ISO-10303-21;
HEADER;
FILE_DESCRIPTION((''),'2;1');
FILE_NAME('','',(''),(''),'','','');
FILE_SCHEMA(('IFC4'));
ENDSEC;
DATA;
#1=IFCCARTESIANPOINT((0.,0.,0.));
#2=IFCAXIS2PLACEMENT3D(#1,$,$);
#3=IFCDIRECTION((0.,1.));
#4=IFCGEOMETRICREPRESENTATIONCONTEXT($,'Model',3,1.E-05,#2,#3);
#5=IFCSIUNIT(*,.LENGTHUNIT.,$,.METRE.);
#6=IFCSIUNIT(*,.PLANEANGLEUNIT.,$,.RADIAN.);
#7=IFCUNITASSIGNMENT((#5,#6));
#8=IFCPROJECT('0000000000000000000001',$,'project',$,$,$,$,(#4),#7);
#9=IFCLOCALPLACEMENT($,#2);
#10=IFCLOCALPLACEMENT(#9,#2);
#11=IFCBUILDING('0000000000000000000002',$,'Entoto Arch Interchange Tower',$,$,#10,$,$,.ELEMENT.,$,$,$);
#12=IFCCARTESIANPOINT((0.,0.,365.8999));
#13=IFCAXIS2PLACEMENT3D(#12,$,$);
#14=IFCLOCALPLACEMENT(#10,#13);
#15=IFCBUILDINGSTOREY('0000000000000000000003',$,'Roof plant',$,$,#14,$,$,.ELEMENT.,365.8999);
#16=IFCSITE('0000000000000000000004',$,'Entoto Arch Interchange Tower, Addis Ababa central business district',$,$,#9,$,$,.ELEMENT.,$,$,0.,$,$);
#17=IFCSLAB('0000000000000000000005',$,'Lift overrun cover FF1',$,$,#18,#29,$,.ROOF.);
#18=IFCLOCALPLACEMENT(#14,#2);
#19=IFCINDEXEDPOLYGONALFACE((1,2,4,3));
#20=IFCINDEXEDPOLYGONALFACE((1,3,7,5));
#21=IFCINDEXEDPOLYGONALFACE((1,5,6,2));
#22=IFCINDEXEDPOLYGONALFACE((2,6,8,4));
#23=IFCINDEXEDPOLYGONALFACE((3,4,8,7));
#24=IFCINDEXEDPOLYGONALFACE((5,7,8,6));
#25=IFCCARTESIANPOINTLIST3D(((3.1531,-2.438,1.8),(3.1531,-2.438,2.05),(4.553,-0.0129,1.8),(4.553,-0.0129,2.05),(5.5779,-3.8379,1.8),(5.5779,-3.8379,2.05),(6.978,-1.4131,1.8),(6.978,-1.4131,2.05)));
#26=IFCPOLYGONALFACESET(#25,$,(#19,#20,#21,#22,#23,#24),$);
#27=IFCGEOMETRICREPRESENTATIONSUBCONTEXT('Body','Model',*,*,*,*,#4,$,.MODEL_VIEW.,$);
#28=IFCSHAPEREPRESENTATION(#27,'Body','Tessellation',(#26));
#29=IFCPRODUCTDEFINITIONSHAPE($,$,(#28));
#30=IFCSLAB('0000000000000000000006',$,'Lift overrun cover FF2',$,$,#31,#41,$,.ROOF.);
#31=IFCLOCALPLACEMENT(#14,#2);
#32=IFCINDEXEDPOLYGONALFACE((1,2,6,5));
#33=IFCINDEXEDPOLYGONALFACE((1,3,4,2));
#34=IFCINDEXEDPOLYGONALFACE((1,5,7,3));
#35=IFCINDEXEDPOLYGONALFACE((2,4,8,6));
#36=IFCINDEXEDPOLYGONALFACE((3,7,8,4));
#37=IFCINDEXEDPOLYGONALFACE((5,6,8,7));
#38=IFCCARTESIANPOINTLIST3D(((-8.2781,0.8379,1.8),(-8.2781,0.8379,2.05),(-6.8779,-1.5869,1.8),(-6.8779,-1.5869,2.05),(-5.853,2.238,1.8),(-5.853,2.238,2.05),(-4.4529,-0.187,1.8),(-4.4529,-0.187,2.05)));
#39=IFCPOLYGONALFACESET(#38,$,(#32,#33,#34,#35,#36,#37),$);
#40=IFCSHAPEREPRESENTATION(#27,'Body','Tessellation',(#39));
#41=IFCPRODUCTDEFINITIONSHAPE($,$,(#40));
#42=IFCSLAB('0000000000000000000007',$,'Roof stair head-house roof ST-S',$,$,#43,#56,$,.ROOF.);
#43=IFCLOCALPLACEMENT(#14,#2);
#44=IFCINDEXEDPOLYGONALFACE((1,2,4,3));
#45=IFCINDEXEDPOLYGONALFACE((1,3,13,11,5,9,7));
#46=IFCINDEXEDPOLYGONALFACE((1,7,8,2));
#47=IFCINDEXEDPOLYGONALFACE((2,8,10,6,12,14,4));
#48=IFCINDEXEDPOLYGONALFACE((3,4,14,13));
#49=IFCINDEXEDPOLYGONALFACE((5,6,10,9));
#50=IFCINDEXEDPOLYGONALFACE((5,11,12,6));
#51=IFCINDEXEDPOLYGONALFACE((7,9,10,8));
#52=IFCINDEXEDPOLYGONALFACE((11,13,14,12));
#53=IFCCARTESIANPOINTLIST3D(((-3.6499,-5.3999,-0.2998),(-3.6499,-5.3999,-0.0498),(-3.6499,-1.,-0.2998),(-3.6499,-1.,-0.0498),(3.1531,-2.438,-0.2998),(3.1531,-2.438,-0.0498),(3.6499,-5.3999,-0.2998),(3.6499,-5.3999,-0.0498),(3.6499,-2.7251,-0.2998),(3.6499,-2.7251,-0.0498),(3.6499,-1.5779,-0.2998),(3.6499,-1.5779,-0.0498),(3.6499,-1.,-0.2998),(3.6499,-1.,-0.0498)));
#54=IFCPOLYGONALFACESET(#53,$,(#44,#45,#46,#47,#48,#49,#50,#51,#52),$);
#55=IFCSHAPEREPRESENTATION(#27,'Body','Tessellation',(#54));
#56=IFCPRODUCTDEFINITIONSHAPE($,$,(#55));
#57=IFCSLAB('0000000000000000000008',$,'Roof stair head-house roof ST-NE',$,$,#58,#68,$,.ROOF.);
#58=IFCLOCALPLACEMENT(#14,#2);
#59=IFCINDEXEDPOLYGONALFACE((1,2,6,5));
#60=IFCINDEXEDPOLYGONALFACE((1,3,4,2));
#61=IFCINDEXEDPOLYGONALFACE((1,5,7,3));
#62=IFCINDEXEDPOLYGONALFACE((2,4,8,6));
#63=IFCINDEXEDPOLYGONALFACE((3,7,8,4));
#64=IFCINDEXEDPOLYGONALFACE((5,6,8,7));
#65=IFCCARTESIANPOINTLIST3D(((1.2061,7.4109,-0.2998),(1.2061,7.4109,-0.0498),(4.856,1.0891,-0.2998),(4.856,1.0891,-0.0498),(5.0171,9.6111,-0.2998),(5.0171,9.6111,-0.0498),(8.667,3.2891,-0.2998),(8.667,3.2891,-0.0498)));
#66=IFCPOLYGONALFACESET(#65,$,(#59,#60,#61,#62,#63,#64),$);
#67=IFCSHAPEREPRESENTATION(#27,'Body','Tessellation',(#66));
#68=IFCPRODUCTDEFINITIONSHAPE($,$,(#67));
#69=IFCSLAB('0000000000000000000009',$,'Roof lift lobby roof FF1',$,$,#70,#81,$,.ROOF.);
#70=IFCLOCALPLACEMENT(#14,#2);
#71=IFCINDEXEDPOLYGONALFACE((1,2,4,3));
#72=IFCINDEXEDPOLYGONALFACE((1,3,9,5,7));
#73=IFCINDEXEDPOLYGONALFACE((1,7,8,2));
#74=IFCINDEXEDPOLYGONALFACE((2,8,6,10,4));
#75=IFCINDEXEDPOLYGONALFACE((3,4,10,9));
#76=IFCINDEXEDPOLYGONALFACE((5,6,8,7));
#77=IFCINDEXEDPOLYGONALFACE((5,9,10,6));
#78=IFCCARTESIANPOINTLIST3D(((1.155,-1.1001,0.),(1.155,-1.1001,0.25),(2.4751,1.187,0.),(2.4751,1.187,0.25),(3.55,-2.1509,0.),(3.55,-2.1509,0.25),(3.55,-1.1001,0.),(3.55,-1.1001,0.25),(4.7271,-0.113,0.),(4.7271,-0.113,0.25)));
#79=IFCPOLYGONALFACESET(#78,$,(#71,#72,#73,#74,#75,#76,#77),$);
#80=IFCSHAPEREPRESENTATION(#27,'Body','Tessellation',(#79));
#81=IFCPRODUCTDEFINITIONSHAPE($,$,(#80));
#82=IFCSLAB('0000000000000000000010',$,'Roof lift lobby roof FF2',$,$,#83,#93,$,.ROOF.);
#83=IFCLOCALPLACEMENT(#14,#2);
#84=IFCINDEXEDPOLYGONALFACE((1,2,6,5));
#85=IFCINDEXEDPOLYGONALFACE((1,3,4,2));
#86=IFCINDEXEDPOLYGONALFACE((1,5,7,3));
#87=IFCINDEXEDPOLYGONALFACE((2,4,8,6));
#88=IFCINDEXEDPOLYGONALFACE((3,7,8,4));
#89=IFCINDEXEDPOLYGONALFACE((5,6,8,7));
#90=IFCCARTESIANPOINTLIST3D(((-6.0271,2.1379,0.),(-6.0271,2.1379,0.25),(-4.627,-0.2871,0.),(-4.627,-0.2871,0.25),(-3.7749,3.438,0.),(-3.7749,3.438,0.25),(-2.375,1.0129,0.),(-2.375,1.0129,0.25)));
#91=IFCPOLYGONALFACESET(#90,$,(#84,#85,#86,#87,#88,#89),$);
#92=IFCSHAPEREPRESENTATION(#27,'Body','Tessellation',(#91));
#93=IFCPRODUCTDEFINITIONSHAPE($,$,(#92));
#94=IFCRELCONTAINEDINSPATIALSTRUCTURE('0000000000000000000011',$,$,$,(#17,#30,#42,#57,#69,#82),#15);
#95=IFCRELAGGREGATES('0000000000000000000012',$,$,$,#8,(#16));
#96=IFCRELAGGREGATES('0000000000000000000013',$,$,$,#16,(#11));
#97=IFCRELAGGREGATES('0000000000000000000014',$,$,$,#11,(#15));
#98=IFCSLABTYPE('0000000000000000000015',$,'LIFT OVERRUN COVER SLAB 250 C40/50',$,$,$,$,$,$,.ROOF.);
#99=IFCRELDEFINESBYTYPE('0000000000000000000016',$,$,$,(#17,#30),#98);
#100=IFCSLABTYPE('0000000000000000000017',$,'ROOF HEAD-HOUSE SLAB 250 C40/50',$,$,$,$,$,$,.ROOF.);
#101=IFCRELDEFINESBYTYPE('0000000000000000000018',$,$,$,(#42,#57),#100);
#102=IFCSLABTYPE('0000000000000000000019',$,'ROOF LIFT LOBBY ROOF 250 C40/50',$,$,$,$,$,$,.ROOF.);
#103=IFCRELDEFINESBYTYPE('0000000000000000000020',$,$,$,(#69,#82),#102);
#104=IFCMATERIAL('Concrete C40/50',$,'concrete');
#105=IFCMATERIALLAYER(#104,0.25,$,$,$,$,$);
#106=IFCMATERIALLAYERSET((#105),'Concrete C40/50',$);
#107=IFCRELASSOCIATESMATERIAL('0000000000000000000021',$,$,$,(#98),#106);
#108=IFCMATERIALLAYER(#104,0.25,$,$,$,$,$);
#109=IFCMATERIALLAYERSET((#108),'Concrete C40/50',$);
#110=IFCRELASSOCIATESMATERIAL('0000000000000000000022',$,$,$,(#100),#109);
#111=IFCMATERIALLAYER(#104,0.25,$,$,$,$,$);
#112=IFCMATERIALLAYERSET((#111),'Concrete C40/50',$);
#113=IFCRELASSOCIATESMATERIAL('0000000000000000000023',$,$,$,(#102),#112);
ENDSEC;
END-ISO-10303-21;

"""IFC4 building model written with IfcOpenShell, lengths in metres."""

from ifc_helpers import new_model, si_unit, direction, frame, origin, place, context, subcontext, project, spatial, polyline, outline, extrude, material, layer, layer_set, type_object, element, save


model = new_model("IFC4")

# Units and contexts
model_context = context("Model", 3, precision=1e-05, world=origin(), true_north=direction((0.0, 1.0)))
body_context = subcontext(model_context, "Body", "Model", "MODEL_VIEW")
ifc_project = project(units=[si_unit("LENGTHUNIT", "METRE"), si_unit("PLANEANGLEUNIT", "RADIAN")], contexts=[model_context])

# Site, building, storey
site_placement = place(None, origin())
site = spatial("IfcSite", under=ifc_project, at=site_placement, Name="Entoto Arch Interchange Tower, Addis Ababa central business district", CompositionType="ELEMENT", RefElevation=0.0)
building_placement = place(site_placement, origin())
building = spatial("IfcBuilding", under=site, at=building_placement, Name="Entoto Arch Interchange Tower", CompositionType="ELEMENT")
storey_placement = place(building_placement, frame((0.0, 0.0, 365.8999)))
storey = spatial("IfcBuildingStorey", under=building, at=storey_placement, Name="Roof plant", CompositionType="ELEMENT", Elevation=365.8999)

# Slabs
ifc_material = material(Name="Concrete C40/50", Category="concrete")
ifc_layer_1 = layer(ifc_material, 0.25)
ifc_layer_set_1 = layer_set([ifc_layer_1], Name="Concrete C40/50")
slab_type_1 = type_object("IfcSlabType", Name="LIFT OVERRUN COVER SLAB 250 C40/50", PredefinedType="ROOF", material=ifc_layer_set_1)
slab_1_placement = place(storey_placement, frame((0.0, 0.0, 1.8)))
element("IfcSlab", 1, at=slab_1_placement, inside=storey, type_object=slab_type_1, Name="Lift overrun cover FF1", PredefinedType="ROOF", context=body_context, shape_type="SweptSolid", body=[
    extrude(outline(polyline([(3.1531, -2.438), (4.553, -0.0129), (6.978, -1.4131), (5.5779, -3.8379), (3.1531, -2.438)])), origin(), (0.0, 0.0, 1.0), 0.25),
])
slab_2_placement = place(storey_placement, frame((0.0, 0.0, 1.8)))
element("IfcSlab", 2, at=slab_2_placement, inside=storey, type_object=slab_type_1, Name="Lift overrun cover FF2", PredefinedType="ROOF", context=body_context, shape_type="SweptSolid", body=[
    extrude(outline(polyline([(-5.853, 2.238), (-4.4529, -0.187), (-6.8779, -1.5869), (-8.2781, 0.8379), (-5.853, 2.238)])), origin(), (0.0, 0.0, 1.0), 0.25),
])
ifc_layer_2 = layer(ifc_material, 0.25)
ifc_layer_set_2 = layer_set([ifc_layer_2], Name="Concrete C40/50")
slab_type_2 = type_object("IfcSlabType", Name="ROOF HEAD-HOUSE SLAB 250 C40/50", PredefinedType="ROOF", material=ifc_layer_set_2)
slab_3_placement = place(storey_placement, frame((0.0, 0.0, -0.2998)))
element("IfcSlab", 3, at=slab_3_placement, inside=storey, type_object=slab_type_2, Name="Roof stair head-house roof ST-S", PredefinedType="ROOF", context=body_context, shape_type="SweptSolid", body=[
    extrude(outline(polyline([(3.6499, -1.5779), (3.1531, -2.438), (3.6499, -2.7251), (3.6499, -5.3999), (-3.6499, -5.3999), (-3.6499, -1.0), (3.6499, -1.0), (3.6499, -1.5779)])), origin(), (0.0, 0.0, 1.0), 0.25),
])
slab_4_placement = place(storey_placement, frame((0.0, 0.0, -0.2998)))
element("IfcSlab", 4, at=slab_4_placement, inside=storey, type_object=slab_type_2, Name="Roof stair head-house roof ST-NE", PredefinedType="ROOF", context=body_context, shape_type="SweptSolid", body=[
    extrude(outline(polyline([(5.0171, 9.6111), (8.667, 3.2891), (4.856, 1.0891), (1.2061, 7.4109), (5.0171, 9.6111)])), origin(), (0.0, 0.0, 1.0), 0.25),
])
ifc_layer_3 = layer(ifc_material, 0.25)
ifc_layer_set_3 = layer_set([ifc_layer_3], Name="Concrete C40/50")
slab_type_3 = type_object("IfcSlabType", Name="ROOF LIFT LOBBY ROOF 250 C40/50", PredefinedType="ROOF", material=ifc_layer_set_3)
slab_5_placement = place(storey_placement, origin())
element("IfcSlab", 5, at=slab_5_placement, inside=storey, type_object=slab_type_3, Name="Roof lift lobby roof FF1", PredefinedType="ROOF", context=body_context, shape_type="SweptSolid", body=[
    extrude(outline(polyline([(2.4751, 1.187), (4.7271, -0.113), (3.55, -2.1509), (3.55, -1.1001), (1.155, -1.1001), (2.4751, 1.187)])), origin(), (0.0, 0.0, 1.0), 0.25),
])
slab_6_placement = place(storey_placement, origin())
element("IfcSlab", 6, at=slab_6_placement, inside=storey, type_object=slab_type_3, Name="Roof lift lobby roof FF2", PredefinedType="ROOF", context=body_context, shape_type="SweptSolid", body=[
    extrude(outline(polyline([(-2.375, 1.0129), (-4.627, -0.2871), (-6.0271, 2.1379), (-3.7749, 3.438), (-2.375, 1.0129)])), origin(), (0.0, 0.0, 1.0), 0.25),
])

save(model, "model.ifc")
